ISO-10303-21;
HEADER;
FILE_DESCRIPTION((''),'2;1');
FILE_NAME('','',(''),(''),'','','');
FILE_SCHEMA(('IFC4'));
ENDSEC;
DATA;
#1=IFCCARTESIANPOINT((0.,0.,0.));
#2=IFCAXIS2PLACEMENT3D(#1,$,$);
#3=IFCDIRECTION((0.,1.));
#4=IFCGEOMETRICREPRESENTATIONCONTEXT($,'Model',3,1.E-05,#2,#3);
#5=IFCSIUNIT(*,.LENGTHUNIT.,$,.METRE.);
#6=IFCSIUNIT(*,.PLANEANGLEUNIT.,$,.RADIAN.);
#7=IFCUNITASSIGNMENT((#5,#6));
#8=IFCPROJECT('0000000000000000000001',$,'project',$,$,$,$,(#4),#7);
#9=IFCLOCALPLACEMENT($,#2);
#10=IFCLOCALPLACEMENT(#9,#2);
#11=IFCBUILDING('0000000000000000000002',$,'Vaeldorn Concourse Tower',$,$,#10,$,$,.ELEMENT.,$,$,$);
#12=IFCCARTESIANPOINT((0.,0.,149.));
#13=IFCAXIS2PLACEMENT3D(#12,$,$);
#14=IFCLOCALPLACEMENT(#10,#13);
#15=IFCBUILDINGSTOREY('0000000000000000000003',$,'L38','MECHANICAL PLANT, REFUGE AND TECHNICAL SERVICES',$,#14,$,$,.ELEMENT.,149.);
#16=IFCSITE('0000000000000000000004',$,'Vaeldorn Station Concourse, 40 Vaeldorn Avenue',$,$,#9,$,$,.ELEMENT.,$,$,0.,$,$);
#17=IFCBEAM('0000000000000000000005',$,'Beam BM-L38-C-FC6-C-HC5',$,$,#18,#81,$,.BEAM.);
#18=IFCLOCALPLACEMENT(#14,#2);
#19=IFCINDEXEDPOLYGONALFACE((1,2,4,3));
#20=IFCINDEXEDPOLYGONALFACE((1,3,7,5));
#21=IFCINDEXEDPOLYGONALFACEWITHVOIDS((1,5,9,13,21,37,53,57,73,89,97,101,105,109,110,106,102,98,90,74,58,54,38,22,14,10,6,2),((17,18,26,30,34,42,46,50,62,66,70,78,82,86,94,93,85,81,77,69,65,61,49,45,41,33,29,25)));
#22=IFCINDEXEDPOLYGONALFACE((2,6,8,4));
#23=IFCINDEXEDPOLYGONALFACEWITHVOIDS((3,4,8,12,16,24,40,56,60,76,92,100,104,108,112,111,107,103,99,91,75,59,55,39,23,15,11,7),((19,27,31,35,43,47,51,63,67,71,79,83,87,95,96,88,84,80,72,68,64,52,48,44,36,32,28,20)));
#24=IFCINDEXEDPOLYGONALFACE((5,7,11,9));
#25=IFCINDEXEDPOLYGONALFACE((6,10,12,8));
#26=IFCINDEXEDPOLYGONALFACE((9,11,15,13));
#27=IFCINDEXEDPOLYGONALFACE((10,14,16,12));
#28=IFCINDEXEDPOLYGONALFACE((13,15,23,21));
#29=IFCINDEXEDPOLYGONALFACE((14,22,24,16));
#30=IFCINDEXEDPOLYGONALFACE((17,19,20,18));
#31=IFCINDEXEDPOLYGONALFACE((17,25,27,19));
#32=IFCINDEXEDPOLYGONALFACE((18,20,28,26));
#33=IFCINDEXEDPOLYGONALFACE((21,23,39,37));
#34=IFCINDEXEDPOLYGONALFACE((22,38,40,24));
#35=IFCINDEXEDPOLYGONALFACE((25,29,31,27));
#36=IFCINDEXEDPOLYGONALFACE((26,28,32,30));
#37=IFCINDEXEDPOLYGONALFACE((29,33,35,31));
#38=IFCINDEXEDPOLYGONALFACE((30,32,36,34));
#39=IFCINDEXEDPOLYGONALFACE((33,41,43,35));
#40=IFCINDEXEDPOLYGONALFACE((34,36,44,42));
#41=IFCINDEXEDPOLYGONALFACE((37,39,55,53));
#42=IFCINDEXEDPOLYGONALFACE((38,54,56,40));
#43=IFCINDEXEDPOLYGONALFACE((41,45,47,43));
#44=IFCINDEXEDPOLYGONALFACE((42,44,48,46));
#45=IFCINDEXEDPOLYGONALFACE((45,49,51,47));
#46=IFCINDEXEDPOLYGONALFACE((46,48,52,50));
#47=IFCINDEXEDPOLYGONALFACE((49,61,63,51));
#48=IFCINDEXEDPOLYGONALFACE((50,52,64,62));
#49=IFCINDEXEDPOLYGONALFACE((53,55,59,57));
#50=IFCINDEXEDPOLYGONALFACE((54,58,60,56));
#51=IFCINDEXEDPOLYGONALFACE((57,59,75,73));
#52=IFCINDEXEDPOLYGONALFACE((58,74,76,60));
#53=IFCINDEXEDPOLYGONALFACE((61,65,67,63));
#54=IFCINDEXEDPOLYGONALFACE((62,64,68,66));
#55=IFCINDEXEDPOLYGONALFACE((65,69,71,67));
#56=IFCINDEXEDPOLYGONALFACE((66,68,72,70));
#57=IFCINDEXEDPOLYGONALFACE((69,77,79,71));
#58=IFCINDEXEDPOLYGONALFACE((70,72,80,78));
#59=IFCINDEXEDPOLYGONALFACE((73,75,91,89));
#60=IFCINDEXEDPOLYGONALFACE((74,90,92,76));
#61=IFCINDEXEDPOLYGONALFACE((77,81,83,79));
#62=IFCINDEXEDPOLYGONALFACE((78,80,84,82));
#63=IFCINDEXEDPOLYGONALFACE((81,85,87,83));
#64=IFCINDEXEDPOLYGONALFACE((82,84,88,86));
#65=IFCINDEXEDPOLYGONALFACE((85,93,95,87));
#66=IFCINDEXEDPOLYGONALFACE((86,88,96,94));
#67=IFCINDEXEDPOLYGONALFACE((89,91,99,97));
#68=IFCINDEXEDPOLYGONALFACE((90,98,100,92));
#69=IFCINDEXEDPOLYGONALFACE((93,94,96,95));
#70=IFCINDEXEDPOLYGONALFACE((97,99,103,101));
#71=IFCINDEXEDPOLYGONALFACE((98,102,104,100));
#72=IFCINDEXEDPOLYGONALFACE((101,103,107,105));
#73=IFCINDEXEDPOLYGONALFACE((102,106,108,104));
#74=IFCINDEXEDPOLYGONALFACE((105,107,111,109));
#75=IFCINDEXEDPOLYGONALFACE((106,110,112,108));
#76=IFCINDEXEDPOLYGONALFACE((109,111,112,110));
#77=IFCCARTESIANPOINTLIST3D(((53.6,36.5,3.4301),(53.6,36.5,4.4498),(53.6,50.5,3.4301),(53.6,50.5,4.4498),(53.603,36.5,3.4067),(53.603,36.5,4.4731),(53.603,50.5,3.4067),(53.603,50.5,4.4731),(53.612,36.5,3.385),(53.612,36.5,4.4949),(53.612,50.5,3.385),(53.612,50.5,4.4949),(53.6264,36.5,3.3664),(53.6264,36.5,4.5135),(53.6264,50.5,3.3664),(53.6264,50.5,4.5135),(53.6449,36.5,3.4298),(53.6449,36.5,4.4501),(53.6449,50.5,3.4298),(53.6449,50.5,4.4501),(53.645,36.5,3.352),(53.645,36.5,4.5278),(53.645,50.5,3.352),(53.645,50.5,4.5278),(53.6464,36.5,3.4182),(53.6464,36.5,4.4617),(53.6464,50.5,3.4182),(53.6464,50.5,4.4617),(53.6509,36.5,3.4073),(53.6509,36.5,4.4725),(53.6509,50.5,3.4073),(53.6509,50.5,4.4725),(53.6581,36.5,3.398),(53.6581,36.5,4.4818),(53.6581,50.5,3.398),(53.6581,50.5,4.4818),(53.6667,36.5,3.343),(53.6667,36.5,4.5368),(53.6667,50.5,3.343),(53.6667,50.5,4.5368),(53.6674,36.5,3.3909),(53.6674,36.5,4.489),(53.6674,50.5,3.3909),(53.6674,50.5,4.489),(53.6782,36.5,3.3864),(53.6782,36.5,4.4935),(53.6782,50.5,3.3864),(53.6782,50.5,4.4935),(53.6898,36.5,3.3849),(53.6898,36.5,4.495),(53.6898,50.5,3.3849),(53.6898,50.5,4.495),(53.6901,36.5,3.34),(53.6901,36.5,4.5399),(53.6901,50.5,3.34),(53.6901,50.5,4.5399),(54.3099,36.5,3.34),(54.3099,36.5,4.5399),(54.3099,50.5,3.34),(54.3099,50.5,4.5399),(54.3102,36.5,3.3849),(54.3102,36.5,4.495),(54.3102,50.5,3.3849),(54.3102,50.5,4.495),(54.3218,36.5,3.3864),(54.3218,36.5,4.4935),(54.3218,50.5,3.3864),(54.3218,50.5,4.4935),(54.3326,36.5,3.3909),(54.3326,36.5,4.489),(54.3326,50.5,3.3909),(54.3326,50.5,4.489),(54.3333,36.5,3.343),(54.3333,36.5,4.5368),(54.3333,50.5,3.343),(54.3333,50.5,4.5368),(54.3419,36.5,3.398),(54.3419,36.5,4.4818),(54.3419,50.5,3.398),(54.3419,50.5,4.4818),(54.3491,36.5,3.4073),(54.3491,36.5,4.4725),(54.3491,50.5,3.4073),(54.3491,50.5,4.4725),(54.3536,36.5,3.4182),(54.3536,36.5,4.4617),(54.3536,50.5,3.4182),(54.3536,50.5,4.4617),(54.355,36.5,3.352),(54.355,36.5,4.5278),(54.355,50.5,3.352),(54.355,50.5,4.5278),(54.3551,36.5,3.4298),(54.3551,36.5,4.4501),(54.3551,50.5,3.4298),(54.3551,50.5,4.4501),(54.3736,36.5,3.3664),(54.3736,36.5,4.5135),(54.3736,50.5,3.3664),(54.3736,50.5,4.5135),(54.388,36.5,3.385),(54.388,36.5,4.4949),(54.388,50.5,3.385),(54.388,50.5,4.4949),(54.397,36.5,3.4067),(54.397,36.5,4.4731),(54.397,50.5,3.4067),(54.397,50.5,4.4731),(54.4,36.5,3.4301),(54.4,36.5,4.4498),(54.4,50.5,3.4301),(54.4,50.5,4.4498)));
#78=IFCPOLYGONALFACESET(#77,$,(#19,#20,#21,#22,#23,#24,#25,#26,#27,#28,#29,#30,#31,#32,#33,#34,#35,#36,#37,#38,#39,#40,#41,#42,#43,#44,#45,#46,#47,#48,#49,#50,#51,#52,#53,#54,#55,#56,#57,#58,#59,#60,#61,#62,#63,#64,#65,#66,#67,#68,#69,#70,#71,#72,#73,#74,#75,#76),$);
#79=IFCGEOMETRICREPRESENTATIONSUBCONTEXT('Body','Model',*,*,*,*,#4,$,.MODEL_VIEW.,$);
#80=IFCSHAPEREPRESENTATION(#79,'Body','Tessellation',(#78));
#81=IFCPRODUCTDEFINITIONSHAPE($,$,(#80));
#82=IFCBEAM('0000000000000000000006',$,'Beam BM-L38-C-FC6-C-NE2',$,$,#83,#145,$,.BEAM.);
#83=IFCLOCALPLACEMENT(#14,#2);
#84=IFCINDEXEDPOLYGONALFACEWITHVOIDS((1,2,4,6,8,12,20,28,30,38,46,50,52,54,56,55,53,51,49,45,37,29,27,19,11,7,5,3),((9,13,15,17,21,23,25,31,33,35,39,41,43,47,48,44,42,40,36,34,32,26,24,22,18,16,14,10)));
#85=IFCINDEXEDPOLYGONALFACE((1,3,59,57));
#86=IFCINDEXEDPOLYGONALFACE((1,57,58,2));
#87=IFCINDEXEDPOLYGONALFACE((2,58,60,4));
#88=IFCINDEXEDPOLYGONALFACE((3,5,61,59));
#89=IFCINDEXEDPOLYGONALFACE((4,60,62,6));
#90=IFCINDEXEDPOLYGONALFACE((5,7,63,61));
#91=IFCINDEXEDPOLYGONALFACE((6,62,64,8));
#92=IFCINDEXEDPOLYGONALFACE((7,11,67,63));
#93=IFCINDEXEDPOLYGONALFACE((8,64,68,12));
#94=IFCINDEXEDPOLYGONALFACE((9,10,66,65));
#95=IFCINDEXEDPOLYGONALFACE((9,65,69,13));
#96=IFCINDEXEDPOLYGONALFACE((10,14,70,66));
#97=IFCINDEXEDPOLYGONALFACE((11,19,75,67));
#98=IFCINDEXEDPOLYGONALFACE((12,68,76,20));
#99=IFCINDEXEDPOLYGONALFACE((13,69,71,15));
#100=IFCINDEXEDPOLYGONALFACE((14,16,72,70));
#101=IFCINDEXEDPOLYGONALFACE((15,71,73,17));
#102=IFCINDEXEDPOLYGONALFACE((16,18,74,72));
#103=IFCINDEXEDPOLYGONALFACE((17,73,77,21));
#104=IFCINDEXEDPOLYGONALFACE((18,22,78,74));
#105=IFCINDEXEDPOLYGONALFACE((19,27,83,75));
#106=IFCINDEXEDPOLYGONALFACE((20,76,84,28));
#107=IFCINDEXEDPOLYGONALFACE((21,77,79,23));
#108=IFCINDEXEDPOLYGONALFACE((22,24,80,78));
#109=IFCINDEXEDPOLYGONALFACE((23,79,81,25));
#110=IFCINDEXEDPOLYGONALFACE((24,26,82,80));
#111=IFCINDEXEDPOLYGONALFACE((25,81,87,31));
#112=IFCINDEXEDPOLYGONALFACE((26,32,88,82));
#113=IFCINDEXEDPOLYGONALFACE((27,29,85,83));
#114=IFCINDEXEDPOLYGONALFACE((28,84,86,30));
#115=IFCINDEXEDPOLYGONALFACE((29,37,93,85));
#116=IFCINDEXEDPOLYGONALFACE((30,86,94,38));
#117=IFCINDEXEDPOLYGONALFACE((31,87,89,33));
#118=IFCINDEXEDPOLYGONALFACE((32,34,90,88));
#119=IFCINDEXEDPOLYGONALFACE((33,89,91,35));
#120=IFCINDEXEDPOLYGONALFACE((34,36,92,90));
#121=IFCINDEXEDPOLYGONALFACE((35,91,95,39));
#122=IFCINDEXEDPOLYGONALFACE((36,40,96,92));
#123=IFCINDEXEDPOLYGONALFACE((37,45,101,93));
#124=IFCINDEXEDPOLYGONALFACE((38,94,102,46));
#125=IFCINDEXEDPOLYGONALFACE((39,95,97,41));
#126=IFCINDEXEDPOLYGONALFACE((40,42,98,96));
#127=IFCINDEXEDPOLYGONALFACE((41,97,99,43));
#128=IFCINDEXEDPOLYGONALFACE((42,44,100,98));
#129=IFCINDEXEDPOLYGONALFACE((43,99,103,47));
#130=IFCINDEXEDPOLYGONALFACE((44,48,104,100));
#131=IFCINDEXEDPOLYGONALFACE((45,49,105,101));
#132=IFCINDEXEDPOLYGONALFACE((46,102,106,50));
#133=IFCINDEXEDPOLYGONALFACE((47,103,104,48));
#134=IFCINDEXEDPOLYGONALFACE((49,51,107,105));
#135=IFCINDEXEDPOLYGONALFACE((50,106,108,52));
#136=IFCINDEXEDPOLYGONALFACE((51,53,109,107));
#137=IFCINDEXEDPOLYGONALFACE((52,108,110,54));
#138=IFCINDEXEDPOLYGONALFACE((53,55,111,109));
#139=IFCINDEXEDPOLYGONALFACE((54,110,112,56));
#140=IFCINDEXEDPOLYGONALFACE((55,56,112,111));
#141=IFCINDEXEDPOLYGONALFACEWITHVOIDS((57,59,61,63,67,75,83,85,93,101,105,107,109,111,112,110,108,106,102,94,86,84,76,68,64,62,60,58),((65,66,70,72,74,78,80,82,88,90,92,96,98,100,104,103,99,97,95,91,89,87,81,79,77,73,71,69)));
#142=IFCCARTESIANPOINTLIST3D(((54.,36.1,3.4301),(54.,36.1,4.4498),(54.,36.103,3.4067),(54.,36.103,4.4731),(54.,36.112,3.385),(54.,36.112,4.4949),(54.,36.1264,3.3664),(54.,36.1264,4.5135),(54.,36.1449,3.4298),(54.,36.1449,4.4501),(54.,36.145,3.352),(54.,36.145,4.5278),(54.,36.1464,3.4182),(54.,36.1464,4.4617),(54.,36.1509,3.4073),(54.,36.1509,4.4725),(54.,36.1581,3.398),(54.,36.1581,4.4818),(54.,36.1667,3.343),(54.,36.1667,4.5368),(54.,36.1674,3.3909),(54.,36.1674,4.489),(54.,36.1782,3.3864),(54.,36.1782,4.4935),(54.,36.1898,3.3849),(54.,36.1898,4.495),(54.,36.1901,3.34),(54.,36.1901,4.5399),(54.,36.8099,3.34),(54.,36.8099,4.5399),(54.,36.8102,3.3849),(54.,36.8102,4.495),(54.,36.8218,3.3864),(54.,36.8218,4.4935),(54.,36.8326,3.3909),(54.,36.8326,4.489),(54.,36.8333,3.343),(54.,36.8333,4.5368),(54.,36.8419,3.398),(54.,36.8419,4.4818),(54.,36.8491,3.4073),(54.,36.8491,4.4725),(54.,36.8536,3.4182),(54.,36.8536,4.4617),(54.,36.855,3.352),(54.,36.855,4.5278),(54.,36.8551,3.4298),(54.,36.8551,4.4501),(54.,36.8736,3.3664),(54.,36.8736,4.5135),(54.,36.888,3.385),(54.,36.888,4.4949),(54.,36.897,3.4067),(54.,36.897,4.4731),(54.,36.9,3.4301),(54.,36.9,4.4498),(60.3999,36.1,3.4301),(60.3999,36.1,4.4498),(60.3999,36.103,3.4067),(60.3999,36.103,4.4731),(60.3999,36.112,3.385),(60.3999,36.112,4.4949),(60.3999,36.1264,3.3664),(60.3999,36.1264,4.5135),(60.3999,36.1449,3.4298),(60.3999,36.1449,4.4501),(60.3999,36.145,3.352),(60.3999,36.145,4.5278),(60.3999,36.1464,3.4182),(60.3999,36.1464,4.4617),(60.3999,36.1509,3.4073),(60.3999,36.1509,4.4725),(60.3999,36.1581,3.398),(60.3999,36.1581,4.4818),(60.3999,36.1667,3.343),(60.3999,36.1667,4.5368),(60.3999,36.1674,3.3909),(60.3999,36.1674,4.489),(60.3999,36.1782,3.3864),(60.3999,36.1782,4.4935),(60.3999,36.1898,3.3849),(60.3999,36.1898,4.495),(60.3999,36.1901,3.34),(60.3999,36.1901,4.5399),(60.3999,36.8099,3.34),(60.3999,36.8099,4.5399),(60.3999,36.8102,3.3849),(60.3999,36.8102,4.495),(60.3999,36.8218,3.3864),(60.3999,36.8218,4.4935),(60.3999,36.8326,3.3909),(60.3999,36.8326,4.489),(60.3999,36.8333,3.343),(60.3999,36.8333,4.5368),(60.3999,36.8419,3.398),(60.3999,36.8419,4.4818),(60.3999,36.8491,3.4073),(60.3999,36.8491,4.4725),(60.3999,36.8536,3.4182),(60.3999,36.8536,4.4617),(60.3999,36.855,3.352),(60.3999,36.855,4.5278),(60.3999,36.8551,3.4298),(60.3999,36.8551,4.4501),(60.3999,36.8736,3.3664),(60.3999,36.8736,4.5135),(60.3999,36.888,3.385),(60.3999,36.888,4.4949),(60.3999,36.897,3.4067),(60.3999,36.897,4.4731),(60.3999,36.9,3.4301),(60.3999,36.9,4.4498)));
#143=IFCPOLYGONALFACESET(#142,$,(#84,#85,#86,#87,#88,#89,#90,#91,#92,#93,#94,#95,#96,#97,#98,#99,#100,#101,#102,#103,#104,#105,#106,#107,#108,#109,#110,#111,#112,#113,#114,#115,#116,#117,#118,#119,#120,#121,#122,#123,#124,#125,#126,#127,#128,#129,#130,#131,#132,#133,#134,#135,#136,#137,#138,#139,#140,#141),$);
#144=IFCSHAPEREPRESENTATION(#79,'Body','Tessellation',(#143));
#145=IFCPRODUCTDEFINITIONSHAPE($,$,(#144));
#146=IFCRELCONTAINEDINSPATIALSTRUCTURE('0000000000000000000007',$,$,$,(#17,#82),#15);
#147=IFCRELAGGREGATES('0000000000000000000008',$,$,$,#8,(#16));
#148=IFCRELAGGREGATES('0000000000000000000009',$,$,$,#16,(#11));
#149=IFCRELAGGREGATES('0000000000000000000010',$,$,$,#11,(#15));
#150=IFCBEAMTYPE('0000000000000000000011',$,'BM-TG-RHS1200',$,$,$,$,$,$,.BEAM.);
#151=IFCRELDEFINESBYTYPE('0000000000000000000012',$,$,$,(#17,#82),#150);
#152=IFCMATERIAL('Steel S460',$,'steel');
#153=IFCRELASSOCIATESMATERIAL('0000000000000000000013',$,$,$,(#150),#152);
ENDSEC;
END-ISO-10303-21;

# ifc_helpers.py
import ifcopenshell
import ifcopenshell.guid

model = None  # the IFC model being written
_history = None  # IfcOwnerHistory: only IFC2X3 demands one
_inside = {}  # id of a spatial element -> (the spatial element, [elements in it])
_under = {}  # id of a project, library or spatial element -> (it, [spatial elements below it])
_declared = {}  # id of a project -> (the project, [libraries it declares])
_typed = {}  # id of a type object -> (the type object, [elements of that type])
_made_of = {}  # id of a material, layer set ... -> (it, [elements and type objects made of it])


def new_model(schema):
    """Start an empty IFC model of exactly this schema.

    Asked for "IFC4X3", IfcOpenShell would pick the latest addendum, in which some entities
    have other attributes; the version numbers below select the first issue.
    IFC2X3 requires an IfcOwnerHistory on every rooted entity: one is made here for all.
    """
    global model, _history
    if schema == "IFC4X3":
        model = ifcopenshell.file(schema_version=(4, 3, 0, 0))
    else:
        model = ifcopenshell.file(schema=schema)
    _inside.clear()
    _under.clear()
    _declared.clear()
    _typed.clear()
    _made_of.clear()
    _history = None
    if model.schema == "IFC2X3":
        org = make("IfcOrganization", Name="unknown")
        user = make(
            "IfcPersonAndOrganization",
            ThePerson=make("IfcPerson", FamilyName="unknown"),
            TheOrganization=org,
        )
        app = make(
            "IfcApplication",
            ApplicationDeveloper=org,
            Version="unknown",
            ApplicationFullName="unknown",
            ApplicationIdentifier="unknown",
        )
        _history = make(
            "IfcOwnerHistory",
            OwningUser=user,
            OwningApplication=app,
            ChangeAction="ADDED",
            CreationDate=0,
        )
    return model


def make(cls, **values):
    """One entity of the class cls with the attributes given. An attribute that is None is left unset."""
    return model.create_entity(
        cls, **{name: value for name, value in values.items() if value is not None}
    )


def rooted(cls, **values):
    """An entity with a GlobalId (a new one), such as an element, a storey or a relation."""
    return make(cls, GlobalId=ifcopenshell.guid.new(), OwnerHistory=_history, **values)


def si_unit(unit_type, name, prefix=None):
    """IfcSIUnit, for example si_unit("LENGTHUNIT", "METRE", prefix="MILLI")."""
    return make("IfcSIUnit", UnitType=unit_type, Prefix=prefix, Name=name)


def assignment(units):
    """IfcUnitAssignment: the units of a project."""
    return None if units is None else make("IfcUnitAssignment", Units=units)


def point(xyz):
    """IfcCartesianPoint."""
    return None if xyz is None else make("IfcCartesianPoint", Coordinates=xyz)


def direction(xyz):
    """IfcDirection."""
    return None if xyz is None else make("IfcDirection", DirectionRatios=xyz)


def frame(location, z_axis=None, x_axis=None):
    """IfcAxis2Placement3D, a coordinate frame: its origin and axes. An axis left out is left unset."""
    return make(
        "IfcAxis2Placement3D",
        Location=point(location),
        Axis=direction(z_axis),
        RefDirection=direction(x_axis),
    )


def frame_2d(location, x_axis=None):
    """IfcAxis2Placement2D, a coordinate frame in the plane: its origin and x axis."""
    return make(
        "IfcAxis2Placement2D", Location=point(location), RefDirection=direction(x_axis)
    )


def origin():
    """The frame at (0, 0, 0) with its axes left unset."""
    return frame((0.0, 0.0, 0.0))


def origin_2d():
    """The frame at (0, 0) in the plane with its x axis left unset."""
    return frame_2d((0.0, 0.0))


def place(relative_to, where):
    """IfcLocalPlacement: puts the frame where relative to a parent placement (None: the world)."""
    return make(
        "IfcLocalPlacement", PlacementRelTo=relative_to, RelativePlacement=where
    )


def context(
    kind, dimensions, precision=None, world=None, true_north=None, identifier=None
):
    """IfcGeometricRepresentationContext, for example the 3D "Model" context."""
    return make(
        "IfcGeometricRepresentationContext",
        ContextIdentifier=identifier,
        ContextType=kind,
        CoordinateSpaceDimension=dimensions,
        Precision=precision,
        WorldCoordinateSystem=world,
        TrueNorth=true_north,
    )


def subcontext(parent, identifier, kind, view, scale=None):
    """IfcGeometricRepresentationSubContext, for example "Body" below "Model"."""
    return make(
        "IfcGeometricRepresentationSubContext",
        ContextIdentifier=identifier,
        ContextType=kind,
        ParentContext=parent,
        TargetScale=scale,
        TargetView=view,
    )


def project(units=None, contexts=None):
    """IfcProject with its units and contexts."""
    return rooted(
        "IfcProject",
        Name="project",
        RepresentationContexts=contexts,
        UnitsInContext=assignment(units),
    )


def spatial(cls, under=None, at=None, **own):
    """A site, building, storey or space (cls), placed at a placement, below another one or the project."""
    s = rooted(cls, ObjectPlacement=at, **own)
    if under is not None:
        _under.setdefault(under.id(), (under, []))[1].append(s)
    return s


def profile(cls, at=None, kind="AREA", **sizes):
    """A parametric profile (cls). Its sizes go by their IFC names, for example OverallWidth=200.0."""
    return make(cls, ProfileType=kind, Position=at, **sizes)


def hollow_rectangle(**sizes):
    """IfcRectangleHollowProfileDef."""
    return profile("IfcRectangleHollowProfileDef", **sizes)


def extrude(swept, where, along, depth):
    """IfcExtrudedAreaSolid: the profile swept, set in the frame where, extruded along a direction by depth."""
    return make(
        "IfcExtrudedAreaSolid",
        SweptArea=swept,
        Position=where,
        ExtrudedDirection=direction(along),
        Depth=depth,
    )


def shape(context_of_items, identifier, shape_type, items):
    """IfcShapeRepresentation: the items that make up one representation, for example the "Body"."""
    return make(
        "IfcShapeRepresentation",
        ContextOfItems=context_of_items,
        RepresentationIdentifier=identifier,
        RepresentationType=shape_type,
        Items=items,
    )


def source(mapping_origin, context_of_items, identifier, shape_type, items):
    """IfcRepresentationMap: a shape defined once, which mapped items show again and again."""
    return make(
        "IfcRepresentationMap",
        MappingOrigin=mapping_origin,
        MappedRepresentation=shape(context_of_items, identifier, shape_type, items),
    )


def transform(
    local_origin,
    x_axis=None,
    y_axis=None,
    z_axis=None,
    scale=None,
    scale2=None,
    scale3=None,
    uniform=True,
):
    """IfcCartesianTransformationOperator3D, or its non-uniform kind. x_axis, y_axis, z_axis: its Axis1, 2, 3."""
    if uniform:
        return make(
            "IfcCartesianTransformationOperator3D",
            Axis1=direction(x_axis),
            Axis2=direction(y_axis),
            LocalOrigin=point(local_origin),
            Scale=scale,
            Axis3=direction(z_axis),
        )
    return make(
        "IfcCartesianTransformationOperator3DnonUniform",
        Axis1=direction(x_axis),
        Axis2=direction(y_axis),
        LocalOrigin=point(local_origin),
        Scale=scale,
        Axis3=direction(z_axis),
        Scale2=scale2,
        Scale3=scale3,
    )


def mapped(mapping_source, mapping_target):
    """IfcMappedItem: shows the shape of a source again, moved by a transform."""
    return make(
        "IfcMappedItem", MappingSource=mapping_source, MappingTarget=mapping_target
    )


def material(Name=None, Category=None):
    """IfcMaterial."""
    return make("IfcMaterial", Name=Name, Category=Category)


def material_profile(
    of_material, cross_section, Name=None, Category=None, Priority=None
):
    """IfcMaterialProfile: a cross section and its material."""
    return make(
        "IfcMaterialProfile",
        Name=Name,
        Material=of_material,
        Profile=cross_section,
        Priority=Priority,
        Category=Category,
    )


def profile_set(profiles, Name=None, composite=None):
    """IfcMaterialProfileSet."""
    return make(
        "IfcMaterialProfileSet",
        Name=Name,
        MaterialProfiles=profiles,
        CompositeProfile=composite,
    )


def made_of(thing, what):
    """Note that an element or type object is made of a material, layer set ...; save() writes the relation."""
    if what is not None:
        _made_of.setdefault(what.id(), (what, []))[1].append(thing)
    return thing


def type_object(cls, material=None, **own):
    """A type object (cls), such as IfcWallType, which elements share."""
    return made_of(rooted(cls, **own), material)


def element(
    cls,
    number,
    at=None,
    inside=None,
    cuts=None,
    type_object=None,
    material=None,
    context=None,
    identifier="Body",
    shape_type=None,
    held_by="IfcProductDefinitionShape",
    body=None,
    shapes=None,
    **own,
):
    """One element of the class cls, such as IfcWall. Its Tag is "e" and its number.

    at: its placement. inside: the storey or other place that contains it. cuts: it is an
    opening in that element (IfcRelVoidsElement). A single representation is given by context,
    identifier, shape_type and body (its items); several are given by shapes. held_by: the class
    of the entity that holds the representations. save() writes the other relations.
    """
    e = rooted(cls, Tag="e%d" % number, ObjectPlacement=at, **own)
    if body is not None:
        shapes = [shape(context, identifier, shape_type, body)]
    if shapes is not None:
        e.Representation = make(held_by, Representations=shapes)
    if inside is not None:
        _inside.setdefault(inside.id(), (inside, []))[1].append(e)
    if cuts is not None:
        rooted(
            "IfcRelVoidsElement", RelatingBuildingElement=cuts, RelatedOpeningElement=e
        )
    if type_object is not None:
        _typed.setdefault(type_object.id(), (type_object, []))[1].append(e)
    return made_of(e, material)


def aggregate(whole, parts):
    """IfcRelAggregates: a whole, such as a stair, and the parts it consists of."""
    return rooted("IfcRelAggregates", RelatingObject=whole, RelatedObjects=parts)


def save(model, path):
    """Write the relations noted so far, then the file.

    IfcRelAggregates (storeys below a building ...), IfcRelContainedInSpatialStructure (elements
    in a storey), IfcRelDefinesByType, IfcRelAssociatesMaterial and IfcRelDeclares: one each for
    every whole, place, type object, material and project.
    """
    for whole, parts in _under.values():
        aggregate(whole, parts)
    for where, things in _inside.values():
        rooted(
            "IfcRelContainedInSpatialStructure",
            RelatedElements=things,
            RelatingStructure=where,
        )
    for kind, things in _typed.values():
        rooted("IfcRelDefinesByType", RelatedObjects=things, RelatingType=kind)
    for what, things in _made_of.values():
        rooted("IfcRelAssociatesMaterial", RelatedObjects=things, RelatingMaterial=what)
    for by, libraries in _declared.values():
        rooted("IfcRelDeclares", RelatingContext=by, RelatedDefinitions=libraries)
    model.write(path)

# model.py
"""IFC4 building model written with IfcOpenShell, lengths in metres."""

from ifc_helpers import new_model, si_unit, direction, frame, origin, origin_2d, place, context, subcontext, project, spatial, hollow_rectangle, extrude, source, transform, mapped, material, material_profile, profile_set, type_object, element, save


model = new_model("IFC4")

# Units and contexts
model_context = context("Model", 3, precision=1e-05, world=origin(), true_north=direction((0.0, 1.0)))
body_context = subcontext(model_context, "Body", "Model", "MODEL_VIEW")
ifc_project = project(units=[si_unit("LENGTHUNIT", "METRE"), si_unit("PLANEANGLEUNIT", "RADIAN")], contexts=[model_context])

# Site, building, storey
site_placement = place(None, origin())
site = spatial("IfcSite", under=ifc_project, at=site_placement, Name="Vaeldorn Station Concourse, 40 Vaeldorn Avenue", CompositionType="ELEMENT", RefElevation=0.0)
building_placement = place(site_placement, origin())
building = spatial("IfcBuilding", under=site, at=building_placement, Name="Vaeldorn Concourse Tower", CompositionType="ELEMENT")
storey_placement = place(building_placement, frame((0.0, 0.0, 149.0)))
storey = spatial("IfcBuildingStorey", under=building, at=storey_placement, Name="L38", Description="MECHANICAL PLANT, REFUGE AND TECHNICAL SERVICES", CompositionType="ELEMENT", Elevation=149.0)

# Shared definitions
ifc_material_1 = material(Name="Steel S460", Category="steel")

# Beams
ifc_material_profile_1 = material_profile(ifc_material_1, hollow_rectangle(XDim=0.8, YDim=1.2, WallThickness=0.0449, InnerFilletRadius=0.0449, OuterFilletRadius=0.0901, at=origin_2d()), Name="RHS 1200x800x45")
ifc_profile_set_1 = profile_set([ifc_material_profile_1], Name="Steel S460")
beam_type_1 = type_object("IfcBeamType", Name="BM-TG-RHS1200", PredefinedType="BEAM", material=ifc_profile_set_1)
shared_shape_1 = source(origin(), body_context, "Body", "SweptSolid", [
    extrude(hollow_rectangle(XDim=0.8, YDim=1.2, WallThickness=0.0449, InnerFilletRadius=0.0449, OuterFilletRadius=0.0901, at=origin_2d()), origin(), (0.0, 0.0, 1.0), 14.0),
])
for number, where, z_axis, x_axis, name in (
    (1, (54.0, 36.5, 3.9399), (0.0, 1.0, 0.0), (-1.0, 0.0, 0.0), "Beam BM-L38-C-FC6-C-HC5"),
):
    element("IfcBeam", number, at=place(storey_placement, frame(where, z_axis=z_axis, x_axis=x_axis)), inside=storey, type_object=beam_type_1, Name=name, PredefinedType="BEAM", context=body_context, shape_type="MappedRepresentation", body=[
        mapped(shared_shape_1, transform((0.0, 0.0, 0.0), scale=1.0)),
    ])
shared_shape_2 = source(origin(), body_context, "Body", "SweptSolid", [
    extrude(hollow_rectangle(XDim=0.8, YDim=1.2, WallThickness=0.0449, InnerFilletRadius=0.0449, OuterFilletRadius=0.0901, at=origin_2d()), origin(), (0.0, 0.0, 1.0), 6.3999),
])
beam_1_placement = place(storey_placement, frame((54.0, 36.5, 3.9399), z_axis=(1.0, 0.0, 0.0), x_axis=(0.0, 1.0, 0.0)))
element("IfcBeam", 2, at=beam_1_placement, inside=storey, type_object=beam_type_1, Name="Beam BM-L38-C-FC6-C-NE2", PredefinedType="BEAM", context=body_context, shape_type="MappedRepresentation", body=[
    mapped(shared_shape_2, transform((0.0, 0.0, 0.0), scale=1.0)),
])

save(model, "model.ifc")
